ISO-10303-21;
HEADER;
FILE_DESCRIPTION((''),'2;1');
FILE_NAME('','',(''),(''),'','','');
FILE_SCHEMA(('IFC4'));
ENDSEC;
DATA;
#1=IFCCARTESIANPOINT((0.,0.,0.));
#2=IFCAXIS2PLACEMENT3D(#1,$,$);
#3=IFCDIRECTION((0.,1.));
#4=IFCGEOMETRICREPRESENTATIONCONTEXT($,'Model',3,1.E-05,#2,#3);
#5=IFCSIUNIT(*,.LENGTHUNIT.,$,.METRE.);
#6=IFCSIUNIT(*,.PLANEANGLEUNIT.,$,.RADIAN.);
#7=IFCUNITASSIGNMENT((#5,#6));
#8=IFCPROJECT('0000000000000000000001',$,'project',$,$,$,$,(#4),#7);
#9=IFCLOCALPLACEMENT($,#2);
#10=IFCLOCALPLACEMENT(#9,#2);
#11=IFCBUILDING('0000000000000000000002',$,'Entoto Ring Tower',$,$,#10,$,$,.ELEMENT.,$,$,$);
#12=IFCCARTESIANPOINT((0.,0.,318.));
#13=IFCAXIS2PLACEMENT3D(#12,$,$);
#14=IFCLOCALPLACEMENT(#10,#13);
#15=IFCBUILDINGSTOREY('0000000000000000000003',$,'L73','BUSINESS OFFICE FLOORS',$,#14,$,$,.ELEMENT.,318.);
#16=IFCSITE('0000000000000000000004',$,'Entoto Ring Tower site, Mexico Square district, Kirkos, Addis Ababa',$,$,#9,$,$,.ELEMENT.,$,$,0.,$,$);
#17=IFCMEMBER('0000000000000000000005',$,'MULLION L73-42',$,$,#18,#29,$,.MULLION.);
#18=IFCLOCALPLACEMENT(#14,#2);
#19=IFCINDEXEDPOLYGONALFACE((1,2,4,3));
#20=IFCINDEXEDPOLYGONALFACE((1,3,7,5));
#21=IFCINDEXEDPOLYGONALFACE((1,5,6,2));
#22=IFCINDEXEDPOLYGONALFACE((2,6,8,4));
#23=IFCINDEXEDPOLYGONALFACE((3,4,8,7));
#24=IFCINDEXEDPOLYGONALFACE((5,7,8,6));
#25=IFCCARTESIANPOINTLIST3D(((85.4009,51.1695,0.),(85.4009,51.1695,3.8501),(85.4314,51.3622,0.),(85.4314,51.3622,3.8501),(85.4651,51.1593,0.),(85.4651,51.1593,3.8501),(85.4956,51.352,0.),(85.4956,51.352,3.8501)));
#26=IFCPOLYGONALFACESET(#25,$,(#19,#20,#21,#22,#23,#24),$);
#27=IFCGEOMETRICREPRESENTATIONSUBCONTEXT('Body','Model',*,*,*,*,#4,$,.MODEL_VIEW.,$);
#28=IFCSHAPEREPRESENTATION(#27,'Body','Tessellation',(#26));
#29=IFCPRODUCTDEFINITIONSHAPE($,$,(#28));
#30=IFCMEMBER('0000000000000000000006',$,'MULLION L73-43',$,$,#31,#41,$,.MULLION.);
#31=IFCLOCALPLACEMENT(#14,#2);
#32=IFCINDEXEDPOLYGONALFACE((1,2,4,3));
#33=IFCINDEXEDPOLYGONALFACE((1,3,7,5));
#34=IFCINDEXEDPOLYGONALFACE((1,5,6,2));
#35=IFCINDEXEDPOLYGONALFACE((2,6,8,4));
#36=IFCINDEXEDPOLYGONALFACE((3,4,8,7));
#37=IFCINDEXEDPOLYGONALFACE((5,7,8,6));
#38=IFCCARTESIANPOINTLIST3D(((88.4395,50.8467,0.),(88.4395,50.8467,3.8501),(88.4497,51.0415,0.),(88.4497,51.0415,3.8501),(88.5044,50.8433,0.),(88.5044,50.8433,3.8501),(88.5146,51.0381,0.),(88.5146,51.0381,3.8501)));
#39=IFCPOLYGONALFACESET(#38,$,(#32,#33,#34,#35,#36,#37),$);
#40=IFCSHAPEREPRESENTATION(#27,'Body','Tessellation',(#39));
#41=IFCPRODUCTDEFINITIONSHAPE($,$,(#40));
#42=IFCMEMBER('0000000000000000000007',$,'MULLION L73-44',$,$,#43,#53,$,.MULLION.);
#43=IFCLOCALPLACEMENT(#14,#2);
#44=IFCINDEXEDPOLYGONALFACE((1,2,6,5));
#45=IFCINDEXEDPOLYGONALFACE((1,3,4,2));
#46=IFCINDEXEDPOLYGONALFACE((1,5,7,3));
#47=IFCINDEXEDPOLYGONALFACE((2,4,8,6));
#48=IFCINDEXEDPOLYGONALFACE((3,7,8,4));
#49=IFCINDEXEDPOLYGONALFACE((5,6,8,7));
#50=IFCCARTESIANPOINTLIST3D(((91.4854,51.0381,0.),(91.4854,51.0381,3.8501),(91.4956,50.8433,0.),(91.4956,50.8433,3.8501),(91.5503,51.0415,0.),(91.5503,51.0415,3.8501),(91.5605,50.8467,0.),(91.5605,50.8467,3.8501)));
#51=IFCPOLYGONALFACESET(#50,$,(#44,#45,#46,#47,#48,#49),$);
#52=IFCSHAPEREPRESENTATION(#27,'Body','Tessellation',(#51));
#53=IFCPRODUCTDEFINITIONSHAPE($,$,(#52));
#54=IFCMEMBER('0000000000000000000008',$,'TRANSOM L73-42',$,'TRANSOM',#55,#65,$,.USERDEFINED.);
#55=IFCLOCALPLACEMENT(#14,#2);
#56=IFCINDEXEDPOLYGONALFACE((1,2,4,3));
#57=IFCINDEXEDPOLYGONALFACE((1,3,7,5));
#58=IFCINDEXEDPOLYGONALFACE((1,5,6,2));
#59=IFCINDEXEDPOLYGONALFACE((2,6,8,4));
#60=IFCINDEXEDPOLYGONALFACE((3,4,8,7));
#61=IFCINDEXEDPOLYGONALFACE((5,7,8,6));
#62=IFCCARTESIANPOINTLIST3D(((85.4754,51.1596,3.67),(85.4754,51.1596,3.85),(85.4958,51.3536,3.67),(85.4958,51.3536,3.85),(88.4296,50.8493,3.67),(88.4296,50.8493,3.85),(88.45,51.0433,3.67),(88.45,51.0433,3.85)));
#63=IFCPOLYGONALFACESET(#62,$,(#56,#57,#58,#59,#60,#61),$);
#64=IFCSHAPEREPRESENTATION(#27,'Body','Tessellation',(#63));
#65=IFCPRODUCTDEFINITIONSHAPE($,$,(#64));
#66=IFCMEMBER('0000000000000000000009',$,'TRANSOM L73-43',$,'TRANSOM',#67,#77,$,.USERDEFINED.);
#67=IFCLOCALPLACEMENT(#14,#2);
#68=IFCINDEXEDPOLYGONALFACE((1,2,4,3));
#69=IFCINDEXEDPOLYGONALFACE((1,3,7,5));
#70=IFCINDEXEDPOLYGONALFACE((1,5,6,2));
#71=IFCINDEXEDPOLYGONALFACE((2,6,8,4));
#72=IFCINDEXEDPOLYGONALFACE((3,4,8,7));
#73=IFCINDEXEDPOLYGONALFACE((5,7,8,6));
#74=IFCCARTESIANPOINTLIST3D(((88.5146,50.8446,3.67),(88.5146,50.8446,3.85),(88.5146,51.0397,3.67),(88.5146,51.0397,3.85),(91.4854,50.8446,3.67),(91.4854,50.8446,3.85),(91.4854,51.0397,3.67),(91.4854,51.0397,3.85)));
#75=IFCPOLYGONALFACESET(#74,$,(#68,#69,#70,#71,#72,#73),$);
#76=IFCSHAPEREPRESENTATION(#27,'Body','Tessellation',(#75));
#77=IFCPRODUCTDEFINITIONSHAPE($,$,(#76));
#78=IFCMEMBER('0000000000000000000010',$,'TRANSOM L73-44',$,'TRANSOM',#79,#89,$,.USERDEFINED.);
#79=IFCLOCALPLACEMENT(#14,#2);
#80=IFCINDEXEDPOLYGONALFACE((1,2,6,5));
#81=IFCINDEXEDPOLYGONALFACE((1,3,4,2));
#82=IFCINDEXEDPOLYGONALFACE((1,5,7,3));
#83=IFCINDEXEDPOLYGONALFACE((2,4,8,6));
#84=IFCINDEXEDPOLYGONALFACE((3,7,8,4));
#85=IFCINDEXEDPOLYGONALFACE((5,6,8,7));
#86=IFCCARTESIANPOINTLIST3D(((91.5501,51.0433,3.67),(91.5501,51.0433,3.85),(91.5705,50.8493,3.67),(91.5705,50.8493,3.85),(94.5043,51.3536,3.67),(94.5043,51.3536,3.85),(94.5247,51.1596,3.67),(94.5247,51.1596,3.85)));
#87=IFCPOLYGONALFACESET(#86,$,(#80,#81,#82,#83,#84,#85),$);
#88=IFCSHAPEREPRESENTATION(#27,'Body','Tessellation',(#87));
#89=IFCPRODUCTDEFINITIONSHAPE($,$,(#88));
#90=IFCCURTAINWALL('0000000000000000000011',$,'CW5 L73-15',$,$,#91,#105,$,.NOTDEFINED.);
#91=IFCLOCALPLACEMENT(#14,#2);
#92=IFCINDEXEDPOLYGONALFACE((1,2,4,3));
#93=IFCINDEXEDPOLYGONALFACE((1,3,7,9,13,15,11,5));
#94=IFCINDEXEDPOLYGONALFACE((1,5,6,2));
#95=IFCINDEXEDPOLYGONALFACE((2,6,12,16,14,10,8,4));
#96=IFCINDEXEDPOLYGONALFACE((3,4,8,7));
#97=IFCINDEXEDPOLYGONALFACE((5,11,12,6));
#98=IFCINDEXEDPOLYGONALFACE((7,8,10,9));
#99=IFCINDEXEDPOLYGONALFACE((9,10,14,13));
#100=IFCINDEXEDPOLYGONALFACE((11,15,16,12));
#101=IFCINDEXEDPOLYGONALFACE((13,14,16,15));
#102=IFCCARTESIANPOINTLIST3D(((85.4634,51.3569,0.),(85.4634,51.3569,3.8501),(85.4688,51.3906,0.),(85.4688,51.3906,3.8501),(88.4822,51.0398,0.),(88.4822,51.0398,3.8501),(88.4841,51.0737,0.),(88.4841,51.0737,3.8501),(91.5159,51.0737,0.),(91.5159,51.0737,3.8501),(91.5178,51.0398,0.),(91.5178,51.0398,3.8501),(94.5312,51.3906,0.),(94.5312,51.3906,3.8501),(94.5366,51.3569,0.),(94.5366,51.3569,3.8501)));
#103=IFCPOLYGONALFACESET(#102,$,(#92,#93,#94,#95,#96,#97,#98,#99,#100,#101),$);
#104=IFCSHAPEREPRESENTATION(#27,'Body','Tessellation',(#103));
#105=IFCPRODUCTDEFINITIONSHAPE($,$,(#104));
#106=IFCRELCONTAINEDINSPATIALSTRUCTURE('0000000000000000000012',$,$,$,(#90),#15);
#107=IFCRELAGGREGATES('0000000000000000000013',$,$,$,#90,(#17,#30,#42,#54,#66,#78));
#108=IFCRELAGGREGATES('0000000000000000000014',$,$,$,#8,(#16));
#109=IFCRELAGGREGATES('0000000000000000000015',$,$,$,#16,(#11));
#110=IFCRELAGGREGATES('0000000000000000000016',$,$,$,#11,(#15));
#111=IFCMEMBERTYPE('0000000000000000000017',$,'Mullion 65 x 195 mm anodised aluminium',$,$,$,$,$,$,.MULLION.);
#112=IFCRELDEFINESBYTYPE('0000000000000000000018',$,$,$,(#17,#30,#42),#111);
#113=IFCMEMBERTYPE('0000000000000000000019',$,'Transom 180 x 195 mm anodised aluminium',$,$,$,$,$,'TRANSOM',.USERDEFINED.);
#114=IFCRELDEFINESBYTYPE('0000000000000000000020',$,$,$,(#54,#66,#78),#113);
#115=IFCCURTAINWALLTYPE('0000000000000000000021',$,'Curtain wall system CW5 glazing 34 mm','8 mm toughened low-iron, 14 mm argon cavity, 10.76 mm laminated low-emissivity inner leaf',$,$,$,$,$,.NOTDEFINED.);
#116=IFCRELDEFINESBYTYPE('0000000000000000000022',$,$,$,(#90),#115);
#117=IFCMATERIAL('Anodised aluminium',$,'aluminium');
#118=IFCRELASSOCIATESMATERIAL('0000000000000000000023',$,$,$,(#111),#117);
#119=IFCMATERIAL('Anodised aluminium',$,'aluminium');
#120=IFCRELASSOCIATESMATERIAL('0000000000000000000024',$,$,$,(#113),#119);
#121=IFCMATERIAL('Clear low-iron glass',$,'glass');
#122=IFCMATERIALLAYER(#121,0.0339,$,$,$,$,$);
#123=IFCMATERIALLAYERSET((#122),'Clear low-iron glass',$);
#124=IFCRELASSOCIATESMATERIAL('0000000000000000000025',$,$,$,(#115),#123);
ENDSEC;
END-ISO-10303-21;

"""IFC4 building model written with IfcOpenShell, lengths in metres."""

from ifc_helpers import new_model, si_unit, direction, frame, origin, origin_2d, place, context, subcontext, project, spatial, polyline, rectangle, outline, extrude, material, layer, layer_set, material_profile, profile_set, type_object, element, aggregate, save


model = new_model("IFC4")

# Units and contexts
model_context = context("Model", 3, precision=1e-05, world=origin(), true_north=direction((0.0, 1.0)))
body_context = subcontext(model_context, "Body", "Model", "MODEL_VIEW")
ifc_project = project(units=[si_unit("LENGTHUNIT", "METRE"), si_unit("PLANEANGLEUNIT", "RADIAN")], contexts=[model_context])

# Members
ifc_material_1 = material(Name="Anodised aluminium", Category="aluminium")
ifc_material_profile_1 = material_profile(ifc_material_1, rectangle(XDim=0.0649, YDim=0.1951, at=origin_2d()), Name="Mullion 65 x 195 mm anodised aluminium")
ifc_profile_set_1 = profile_set([ifc_material_profile_1], Name="Anodised aluminium")
member_type_1 = type_object("IfcMemberType", Name="Mullion 65 x 195 mm anodised aluminium", PredefinedType="MULLION", material=ifc_profile_set_1)
site_placement = place(None, origin())
building_placement = place(site_placement, origin())
storey_placement = place(building_placement, frame((0.0, 0.0, 318.0)))
member_1_placement = place(storey_placement, frame((85.4482, 51.2607, 0.0), z_axis=(0.0, 0.0, 1.0), x_axis=(0.987688, -0.156434, 0.0)))
member_1 = element("IfcMember", 1, at=member_1_placement, type_object=member_type_1, Name="MULLION L73-42", PredefinedType="MULLION", context=body_context, shape_type="SweptSolid", body=[
    extrude(rectangle(XDim=0.0649, YDim=0.1951, at=origin_2d()), origin(), (0.0, 0.0, 1.0), 3.8501),
])
member_2_placement = place(storey_placement, frame((88.4771, 50.9424, 0.0), z_axis=(0.0, 0.0, 1.0), x_axis=(0.99863, -0.052336, 0.0)))
member_2 = element("IfcMember", 2, at=member_2_placement, type_object=member_type_1, Name="MULLION L73-43", PredefinedType="MULLION", context=body_context, shape_type="SweptSolid", body=[
    extrude(rectangle(XDim=0.0649, YDim=0.1951, at=origin_2d()), origin(), (0.0, 0.0, 1.0), 3.8501),
])
member_3_placement = place(storey_placement, frame((91.5229, 50.9424, 0.0), z_axis=(0.0, 0.0, 1.0), x_axis=(0.99863, 0.052336, 0.0)))
member_3 = element("IfcMember", 3, at=member_3_placement, type_object=member_type_1, Name="MULLION L73-44", PredefinedType="MULLION", context=body_context, shape_type="SweptSolid", body=[
    extrude(rectangle(XDim=0.0649, YDim=0.1951, at=origin_2d()), origin(), (0.0, 0.0, 1.0), 3.8501),
])
ifc_material_2 = material(Name="Anodised aluminium", Category="aluminium")
ifc_material_profile_2 = material_profile(ifc_material_2, rectangle(XDim=0.1951, YDim=0.1799, at=origin_2d()), Name="Transom 180 x 195 mm anodised aluminium")
ifc_profile_set_2 = profile_set([ifc_material_profile_2], Name="Anodised aluminium")
member_type_2 = type_object("IfcMemberType", Name="Transom 180 x 195 mm anodised aluminium", ElementType="TRANSOM", PredefinedType="USERDEFINED", material=ifc_profile_set_2)
member_4_placement = place(storey_placement, frame((85.4856, 51.2566, 3.76), z_axis=(0.994528, -0.104467, 0.0), x_axis=(0.104467, 0.994528, 0.0)))
member_4 = element("IfcMember", 4, at=member_4_placement, type_object=member_type_2, Name="TRANSOM L73-42", ObjectType="TRANSOM", PredefinedType="USERDEFINED", context=body_context, shape_type="SweptSolid", body=[
    extrude(rectangle(XDim=0.1951, YDim=0.1799, at=origin_2d()), origin(), (0.0, 0.0, 1.0), 2.9705),
])
member_5_placement = place(storey_placement, frame((88.5146, 50.9421, 3.76), z_axis=(1.0, 0.0, 0.0), x_axis=(0.0, 1.0, 0.0)))
member_5 = element("IfcMember", 5, at=member_5_placement, type_object=member_type_2, Name="TRANSOM L73-43", ObjectType="TRANSOM", PredefinedType="USERDEFINED", context=body_context, shape_type="SweptSolid", body=[
    extrude(rectangle(XDim=0.1951, YDim=0.1799, at=origin_2d()), origin(), (0.0, 0.0, 1.0), 2.9707),
])
member_6_placement = place(storey_placement, frame((91.5603, 50.9463, 3.76), z_axis=(0.994528, 0.104467, 0.0), x_axis=(-0.104467, 0.994528, 0.0)))
member_6 = element("IfcMember", 6, at=member_6_placement, type_object=member_type_2, Name="TRANSOM L73-44", ObjectType="TRANSOM", PredefinedType="USERDEFINED", context=body_context, shape_type="SweptSolid", body=[
    extrude(rectangle(XDim=0.1951, YDim=0.1799, at=origin_2d()), origin(), (0.0, 0.0, 1.0), 2.9705),
])

# Site, building, storey
site = spatial("IfcSite", under=ifc_project, at=site_placement, Name="Entoto Ring Tower site, Mexico Square district, Kirkos, Addis Ababa", CompositionType="ELEMENT", RefElevation=0.0)
building = spatial("IfcBuilding", under=site, at=building_placement, Name="Entoto Ring Tower", CompositionType="ELEMENT")
storey = spatial("IfcBuildingStorey", under=building, at=storey_placement, Name="L73", Description="BUSINESS OFFICE FLOORS", CompositionType="ELEMENT", Elevation=318.0)

# Curtain wall
ifc_material_3 = material(Name="Clear low-iron glass", Category="glass")
ifc_layer = layer(ifc_material_3, 0.0339)
ifc_layer_set = layer_set([ifc_layer], Name="Clear low-iron glass")
curtain_wall_type = type_object("IfcCurtainWallType", Name="Curtain wall system CW5 glazing 34 mm", Description="8 mm toughened low-iron, 14 mm argon cavity, 10.76 mm laminated low-emissivity inner leaf", PredefinedType="NOTDEFINED", material=ifc_layer_set)
curtain_wall_1_placement = place(storey_placement, origin())
curtain_wall_1 = element("IfcCurtainWall", 7, at=curtain_wall_1_placement, inside=storey, type_object=curtain_wall_type, Name="CW5 L73-15", PredefinedType="NOTDEFINED", context=body_context, shape_type="SweptSolid", body=[
    extrude(outline(polyline([(85.4634, 51.3569), (88.4822, 51.0398), (91.5178, 51.0398), (94.5366, 51.3569), (94.5312, 51.3906), (91.5159, 51.0737), (88.4841, 51.0737), (85.4688, 51.3906), (85.4634, 51.3569)])), origin(), (0.0, 0.0, 1.0), 3.8501),
])
aggregate(curtain_wall_1, [member_1, member_2, member_3, member_4, member_5, member_6])

save(model, "model.ifc")
